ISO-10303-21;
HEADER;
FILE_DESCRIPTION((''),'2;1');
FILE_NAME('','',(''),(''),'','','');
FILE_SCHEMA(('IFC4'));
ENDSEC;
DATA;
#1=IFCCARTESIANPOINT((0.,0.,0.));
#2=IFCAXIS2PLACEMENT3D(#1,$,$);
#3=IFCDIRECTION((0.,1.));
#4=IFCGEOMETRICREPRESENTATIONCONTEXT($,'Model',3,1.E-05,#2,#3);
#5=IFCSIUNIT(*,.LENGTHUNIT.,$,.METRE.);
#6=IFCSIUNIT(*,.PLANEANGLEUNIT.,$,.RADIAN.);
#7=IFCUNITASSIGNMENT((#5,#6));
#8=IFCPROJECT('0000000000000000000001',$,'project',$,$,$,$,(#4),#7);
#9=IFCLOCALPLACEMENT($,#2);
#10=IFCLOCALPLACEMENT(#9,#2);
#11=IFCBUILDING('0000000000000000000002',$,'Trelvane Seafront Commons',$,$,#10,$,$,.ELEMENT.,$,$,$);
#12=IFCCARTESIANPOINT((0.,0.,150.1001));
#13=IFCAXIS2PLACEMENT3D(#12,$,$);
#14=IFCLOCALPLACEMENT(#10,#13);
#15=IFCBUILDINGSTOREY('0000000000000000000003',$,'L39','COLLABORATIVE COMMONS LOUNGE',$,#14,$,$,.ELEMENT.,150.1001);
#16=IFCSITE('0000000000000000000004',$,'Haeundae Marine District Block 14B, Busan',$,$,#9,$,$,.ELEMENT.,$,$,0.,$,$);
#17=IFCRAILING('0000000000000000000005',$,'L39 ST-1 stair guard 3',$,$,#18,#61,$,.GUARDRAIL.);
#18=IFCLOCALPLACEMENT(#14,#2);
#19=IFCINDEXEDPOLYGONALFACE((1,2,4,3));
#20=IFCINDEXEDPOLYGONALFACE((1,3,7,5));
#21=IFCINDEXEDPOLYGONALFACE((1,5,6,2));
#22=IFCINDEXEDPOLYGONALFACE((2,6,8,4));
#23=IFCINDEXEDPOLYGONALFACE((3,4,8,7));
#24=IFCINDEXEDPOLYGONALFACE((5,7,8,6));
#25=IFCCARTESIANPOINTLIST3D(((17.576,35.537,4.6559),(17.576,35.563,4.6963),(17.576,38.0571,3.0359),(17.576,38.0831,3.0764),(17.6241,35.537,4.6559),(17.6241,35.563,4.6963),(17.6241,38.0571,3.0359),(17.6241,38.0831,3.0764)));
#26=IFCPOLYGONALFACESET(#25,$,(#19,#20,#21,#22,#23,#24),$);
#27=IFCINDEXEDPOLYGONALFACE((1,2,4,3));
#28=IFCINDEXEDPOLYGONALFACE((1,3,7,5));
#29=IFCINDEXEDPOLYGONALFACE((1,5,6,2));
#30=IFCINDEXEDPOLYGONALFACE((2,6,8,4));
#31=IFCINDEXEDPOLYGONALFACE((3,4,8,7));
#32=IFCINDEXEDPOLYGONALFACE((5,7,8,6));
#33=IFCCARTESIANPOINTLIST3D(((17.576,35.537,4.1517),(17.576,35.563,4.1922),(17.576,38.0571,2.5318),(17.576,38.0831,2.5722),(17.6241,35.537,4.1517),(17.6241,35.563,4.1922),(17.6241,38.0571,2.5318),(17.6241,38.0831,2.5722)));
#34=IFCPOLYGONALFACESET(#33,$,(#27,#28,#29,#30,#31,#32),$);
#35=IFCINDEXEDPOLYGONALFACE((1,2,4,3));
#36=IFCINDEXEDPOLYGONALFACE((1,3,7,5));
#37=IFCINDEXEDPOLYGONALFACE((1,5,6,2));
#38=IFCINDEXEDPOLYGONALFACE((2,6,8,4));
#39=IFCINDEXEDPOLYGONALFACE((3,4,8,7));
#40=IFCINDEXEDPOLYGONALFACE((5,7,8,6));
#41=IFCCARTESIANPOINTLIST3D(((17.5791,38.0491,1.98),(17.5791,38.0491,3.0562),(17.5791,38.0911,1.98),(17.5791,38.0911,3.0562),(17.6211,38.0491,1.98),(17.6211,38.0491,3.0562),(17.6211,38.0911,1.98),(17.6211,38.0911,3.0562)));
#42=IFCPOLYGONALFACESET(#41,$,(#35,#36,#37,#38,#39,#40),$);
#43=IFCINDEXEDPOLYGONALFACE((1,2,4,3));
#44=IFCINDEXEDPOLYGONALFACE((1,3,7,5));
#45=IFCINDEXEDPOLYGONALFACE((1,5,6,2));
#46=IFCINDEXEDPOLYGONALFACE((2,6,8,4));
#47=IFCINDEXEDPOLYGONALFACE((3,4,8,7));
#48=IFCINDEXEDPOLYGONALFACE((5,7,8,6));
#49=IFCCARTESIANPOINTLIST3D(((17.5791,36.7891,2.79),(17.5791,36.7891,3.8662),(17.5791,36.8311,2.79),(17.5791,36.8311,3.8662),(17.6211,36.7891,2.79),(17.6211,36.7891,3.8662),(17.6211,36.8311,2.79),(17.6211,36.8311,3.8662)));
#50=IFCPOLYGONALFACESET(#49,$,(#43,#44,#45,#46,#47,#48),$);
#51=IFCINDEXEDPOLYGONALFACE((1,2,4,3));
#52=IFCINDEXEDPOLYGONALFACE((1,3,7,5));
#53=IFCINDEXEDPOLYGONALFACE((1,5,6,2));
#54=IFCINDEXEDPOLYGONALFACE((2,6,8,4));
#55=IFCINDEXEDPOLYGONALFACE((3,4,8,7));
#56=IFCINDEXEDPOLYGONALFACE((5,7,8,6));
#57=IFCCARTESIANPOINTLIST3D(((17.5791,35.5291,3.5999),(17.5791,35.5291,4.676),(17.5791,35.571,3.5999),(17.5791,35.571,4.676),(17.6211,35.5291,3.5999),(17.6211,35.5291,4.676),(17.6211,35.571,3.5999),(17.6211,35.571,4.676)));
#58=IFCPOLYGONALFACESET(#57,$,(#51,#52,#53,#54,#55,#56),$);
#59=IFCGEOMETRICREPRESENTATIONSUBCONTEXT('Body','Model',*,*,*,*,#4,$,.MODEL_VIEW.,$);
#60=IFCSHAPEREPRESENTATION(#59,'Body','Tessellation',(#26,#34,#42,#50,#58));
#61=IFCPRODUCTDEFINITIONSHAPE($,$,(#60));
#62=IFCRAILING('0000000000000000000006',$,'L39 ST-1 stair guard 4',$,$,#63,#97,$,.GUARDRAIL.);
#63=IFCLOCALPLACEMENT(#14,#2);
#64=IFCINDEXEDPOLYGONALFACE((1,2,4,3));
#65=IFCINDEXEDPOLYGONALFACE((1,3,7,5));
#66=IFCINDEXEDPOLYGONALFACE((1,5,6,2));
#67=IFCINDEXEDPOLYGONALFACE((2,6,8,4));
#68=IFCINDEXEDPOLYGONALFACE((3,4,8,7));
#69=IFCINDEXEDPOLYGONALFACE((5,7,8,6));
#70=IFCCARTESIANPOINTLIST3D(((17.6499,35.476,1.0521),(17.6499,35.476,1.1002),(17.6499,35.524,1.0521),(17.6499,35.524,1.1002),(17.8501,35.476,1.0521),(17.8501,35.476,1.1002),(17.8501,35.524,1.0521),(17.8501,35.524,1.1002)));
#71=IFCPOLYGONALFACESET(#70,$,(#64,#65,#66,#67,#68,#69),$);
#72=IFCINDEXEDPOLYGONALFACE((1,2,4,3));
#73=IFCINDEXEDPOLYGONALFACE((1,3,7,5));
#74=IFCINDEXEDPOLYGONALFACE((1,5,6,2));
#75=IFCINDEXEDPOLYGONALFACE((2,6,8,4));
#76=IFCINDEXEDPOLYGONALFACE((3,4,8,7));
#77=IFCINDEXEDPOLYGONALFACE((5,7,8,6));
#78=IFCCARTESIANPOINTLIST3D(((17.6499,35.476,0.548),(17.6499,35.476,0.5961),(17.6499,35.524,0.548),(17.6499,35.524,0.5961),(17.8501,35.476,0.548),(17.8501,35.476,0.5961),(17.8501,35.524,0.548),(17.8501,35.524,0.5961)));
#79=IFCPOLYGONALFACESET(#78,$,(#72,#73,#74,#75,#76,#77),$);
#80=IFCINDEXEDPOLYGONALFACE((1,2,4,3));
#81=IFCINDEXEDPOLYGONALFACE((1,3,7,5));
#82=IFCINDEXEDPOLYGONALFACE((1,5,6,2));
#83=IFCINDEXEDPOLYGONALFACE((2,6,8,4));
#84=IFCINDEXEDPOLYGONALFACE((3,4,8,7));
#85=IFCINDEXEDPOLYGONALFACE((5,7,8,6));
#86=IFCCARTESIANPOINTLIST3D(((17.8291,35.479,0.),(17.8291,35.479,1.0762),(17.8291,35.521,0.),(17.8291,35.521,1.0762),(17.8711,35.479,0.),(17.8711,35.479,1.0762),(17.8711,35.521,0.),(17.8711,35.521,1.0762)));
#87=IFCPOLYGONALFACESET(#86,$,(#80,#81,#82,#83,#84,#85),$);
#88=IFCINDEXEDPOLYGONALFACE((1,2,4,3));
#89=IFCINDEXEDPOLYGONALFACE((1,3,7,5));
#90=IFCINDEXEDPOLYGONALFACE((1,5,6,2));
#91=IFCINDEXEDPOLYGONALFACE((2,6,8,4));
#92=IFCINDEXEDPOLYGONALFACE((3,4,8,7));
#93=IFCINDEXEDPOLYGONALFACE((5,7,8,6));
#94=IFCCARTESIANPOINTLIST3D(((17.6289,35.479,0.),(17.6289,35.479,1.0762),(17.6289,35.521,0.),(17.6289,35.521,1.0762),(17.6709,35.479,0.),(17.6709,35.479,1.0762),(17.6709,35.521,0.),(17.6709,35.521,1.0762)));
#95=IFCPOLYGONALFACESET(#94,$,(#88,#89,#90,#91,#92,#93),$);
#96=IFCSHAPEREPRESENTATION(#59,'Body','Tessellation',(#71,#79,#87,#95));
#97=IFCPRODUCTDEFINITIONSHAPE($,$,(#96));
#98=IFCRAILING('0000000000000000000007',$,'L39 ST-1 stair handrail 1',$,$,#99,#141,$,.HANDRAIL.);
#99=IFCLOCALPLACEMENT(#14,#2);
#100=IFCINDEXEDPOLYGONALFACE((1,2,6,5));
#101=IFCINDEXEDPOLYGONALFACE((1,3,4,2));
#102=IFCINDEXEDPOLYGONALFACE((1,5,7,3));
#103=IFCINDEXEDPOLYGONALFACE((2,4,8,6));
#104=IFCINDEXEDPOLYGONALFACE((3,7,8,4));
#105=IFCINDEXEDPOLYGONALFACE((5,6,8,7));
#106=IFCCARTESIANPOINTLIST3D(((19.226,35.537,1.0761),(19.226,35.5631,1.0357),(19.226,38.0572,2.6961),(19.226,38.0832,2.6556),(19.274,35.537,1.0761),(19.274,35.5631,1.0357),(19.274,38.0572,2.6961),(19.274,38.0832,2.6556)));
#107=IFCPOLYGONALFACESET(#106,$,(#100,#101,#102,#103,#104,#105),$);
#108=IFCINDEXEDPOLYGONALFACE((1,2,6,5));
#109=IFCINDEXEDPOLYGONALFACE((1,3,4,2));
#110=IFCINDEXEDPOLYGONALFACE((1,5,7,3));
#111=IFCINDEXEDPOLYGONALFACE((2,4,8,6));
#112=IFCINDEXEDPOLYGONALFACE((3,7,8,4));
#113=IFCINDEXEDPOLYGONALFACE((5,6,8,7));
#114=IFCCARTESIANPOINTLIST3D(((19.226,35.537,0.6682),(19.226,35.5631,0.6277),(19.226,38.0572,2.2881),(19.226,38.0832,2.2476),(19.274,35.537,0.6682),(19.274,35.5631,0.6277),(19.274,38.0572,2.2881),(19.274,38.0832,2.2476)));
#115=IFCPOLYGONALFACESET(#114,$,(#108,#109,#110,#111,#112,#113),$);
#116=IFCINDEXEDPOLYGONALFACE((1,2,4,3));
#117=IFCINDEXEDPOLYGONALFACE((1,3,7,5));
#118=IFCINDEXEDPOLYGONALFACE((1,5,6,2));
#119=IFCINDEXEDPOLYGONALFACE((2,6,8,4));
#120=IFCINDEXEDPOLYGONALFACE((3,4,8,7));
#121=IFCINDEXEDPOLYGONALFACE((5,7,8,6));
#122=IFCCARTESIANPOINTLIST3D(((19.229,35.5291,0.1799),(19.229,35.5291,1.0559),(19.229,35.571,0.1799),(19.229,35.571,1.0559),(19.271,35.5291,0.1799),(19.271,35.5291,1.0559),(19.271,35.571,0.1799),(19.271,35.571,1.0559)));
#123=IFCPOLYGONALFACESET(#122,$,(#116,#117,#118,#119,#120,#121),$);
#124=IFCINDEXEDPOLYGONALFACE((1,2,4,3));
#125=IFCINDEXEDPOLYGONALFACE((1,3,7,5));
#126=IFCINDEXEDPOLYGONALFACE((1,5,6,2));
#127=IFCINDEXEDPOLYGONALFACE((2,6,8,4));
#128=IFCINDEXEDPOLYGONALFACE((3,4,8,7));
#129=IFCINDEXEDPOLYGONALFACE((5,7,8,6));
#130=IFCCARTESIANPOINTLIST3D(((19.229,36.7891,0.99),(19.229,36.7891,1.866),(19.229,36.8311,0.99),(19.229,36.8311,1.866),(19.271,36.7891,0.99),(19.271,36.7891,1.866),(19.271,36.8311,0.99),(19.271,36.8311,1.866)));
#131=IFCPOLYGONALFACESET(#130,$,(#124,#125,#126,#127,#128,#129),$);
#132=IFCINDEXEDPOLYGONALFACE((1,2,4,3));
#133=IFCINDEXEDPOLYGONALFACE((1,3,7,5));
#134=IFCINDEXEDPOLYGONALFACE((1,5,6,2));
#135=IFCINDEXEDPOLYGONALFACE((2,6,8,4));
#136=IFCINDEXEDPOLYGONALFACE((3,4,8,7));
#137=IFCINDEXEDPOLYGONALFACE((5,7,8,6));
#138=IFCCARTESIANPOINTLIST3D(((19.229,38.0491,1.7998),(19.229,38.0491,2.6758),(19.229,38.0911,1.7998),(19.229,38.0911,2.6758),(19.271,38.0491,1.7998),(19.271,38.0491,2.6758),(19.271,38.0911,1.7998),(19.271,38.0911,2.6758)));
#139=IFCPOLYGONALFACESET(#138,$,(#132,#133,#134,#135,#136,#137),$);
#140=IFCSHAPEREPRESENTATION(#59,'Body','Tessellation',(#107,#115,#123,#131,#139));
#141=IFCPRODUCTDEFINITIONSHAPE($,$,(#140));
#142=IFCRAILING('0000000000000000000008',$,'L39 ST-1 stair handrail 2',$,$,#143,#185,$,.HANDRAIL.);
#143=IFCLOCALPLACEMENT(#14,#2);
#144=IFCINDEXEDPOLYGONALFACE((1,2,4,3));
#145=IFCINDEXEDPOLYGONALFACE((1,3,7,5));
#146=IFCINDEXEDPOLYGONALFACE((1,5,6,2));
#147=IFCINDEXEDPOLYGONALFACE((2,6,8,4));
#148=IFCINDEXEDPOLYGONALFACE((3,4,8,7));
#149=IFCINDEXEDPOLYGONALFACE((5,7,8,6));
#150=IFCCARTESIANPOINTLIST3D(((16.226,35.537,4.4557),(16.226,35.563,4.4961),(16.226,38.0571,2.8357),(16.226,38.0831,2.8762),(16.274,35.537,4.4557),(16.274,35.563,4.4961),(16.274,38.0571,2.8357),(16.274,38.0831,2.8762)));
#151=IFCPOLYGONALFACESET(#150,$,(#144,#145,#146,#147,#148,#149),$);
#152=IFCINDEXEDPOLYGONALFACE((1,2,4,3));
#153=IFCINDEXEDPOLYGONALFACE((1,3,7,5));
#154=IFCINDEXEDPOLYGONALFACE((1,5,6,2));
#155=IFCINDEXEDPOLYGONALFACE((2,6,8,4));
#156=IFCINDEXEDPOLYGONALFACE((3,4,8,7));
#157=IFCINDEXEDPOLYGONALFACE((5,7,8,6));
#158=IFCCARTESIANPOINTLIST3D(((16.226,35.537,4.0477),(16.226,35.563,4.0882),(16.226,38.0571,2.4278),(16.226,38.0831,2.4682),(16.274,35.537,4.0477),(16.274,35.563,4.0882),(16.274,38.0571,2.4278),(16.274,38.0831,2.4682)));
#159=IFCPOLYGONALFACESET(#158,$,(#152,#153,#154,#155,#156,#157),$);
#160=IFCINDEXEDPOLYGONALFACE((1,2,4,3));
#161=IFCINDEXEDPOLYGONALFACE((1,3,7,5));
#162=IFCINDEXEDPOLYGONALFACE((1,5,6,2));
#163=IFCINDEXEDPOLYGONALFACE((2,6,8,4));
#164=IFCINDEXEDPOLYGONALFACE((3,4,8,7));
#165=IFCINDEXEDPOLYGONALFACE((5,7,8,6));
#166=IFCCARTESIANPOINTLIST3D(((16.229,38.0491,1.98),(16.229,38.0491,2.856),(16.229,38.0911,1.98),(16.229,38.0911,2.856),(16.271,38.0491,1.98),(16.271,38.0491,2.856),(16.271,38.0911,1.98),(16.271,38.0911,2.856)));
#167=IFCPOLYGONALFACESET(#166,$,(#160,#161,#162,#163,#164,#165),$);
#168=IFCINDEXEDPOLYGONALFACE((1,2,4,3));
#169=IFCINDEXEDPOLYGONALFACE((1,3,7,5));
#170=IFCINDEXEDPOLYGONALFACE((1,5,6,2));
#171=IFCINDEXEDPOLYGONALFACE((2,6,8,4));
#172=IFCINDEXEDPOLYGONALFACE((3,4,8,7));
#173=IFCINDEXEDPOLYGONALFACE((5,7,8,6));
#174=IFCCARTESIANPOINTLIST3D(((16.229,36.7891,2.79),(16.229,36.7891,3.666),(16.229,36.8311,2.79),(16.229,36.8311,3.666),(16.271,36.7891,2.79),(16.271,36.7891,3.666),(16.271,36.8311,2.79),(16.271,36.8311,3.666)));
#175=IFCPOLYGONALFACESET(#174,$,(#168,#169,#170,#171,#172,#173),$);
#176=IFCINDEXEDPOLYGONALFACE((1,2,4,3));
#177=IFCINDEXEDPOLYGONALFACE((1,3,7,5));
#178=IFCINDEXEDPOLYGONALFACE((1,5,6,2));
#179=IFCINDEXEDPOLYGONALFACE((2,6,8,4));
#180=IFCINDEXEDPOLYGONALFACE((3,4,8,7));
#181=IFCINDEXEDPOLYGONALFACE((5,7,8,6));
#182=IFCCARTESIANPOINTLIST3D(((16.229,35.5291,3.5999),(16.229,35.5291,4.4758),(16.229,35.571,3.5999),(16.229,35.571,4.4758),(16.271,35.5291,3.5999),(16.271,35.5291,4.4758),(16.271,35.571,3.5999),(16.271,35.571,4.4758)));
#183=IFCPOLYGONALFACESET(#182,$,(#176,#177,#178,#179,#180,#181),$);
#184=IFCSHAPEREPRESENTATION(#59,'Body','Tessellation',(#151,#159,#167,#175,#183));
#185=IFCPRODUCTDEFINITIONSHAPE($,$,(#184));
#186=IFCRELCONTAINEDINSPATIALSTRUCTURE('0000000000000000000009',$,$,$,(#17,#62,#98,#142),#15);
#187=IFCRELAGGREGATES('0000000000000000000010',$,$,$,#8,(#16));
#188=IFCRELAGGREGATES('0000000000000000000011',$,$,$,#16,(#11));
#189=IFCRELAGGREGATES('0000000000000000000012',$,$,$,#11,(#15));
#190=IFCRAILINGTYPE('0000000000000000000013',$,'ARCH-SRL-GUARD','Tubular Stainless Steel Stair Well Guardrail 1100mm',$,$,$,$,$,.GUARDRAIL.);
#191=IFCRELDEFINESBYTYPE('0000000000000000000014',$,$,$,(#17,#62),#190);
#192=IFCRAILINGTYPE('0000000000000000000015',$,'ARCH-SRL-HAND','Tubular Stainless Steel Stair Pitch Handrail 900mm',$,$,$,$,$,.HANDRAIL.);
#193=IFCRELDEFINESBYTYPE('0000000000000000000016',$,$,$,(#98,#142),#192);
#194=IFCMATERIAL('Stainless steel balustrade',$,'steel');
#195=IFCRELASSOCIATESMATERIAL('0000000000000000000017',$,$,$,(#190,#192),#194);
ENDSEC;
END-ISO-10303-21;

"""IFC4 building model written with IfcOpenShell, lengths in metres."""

from ifc_helpers import new_model, si_unit, direction, frame, origin, origin_2d, place, context, subcontext, project, spatial, rectangle, extrude, material, type_object, element, save


model = new_model("IFC4")

# Units and contexts
model_context = context("Model", 3, precision=1e-05, world=origin(), true_north=direction((0.0, 1.0)))
body_context = subcontext(model_context, "Body", "Model", "MODEL_VIEW")
ifc_project = project(units=[si_unit("LENGTHUNIT", "METRE"), si_unit("PLANEANGLEUNIT", "RADIAN")], contexts=[model_context])

# Site, building, storey
site_placement = place(None, origin())
site = spatial("IfcSite", under=ifc_project, at=site_placement, Name="Haeundae Marine District Block 14B, Busan", CompositionType="ELEMENT", RefElevation=0.0)
building_placement = place(site_placement, origin())
building = spatial("IfcBuilding", under=site, at=building_placement, Name="Trelvane Seafront Commons", CompositionType="ELEMENT")
storey_placement = place(building_placement, frame((0.0, 0.0, 150.1001)))
storey = spatial("IfcBuildingStorey", under=building, at=storey_placement, Name="L39", Description="COLLABORATIVE COMMONS LOUNGE", CompositionType="ELEMENT", Elevation=150.1001)

# Shared definitions
ifc_material_1 = material(Name="Stainless steel balustrade", Category="steel")

# Railings
railing_type_1 = type_object("IfcRailingType", Name="ARCH-SRL-GUARD", Description="Tubular Stainless Steel Stair Well Guardrail 1100mm", PredefinedType="GUARDRAIL", material=ifc_material_1)
railing_1_placement = place(storey_placement, frame((17.6001, 38.0701, 1.98)))
element("IfcRailing", 1, at=railing_1_placement, inside=storey, type_object=railing_type_1, Name="L39 ST-1 stair guard 3", PredefinedType="GUARDRAIL", context=body_context, shape_type="SweptSolid", body=[
    extrude(rectangle(XDim=0.0481, YDim=0.0481, at=origin_2d()), frame((0.0, 0.0, 1.0762), z_axis=(0.0, -0.8412, 0.540725), x_axis=(1.0, 0.0, 0.0)), (0.0, 0.0, 1.0), 2.9958),
    extrude(rectangle(XDim=0.0481, YDim=0.0481, at=origin_2d()), frame((0.0, 0.0, 0.572), z_axis=(0.0, -0.8412, 0.540725), x_axis=(1.0, 0.0, 0.0)), (0.0, 0.0, 1.0), 2.9958),
    extrude(rectangle(XDim=0.042, YDim=0.042, at=origin_2d()), origin(), (0.0, 0.0, 1.0), 1.0762),
    extrude(rectangle(XDim=0.042, YDim=0.042, at=origin_2d()), frame((0.0, -1.26, 0.8101)), (0.0, 0.0, 1.0), 1.0762),
    extrude(rectangle(XDim=0.042, YDim=0.042, at=origin_2d()), frame((0.0, -2.52, 1.6199)), (0.0, 0.0, 1.0), 1.0762),
])
railing_2_placement = place(storey_placement, frame((17.8501, 35.5, 0.0)))
element("IfcRailing", 2, at=railing_2_placement, inside=storey, type_object=railing_type_1, Name="L39 ST-1 stair guard 4", PredefinedType="GUARDRAIL", context=body_context, shape_type="SweptSolid", body=[
    extrude(rectangle(XDim=0.0481, YDim=0.0481, at=origin_2d()), frame((0.0, 0.0, 1.0762), z_axis=(-1.0, 0.0, 0.0), x_axis=(0.0, -1.0, 0.0)), (0.0, 0.0, 1.0), 0.2002),
    extrude(rectangle(XDim=0.0481, YDim=0.0481, at=origin_2d()), frame((0.0, 0.0, 0.572), z_axis=(-1.0, 0.0, 0.0), x_axis=(0.0, -1.0, 0.0)), (0.0, 0.0, 1.0), 0.2002),
    extrude(rectangle(XDim=0.042, YDim=0.042, at=origin_2d()), origin(), (0.0, 0.0, 1.0), 1.0762),
    extrude(rectangle(XDim=0.042, YDim=0.042, at=origin_2d()), frame((-0.2002, 0.0, 0.0)), (0.0, 0.0, 1.0), 1.0762),
])
railing_type_2 = type_object("IfcRailingType", Name="ARCH-SRL-HAND", Description="Tubular Stainless Steel Stair Pitch Handrail 900mm", PredefinedType="HANDRAIL", material=ifc_material_1)
railing_3_placement = place(storey_placement, frame((19.25, 35.55, 0.1799)))
element("IfcRailing", 3, at=railing_3_placement, inside=storey, type_object=railing_type_2, Name="L39 ST-1 stair handrail 1", PredefinedType="HANDRAIL", context=body_context, shape_type="SweptSolid", body=[
    extrude(rectangle(XDim=0.0481, YDim=0.0481, at=origin_2d()), frame((0.0, 0.0, 0.876), z_axis=(0.0, 0.8412, 0.540725), x_axis=(-1.0, 0.0, 0.0)), (0.0, 0.0, 1.0), 2.9958),
    extrude(rectangle(XDim=0.0481, YDim=0.0481, at=origin_2d()), frame((0.0, 0.0, 0.468), z_axis=(0.0, 0.8412, 0.540725), x_axis=(-1.0, 0.0, 0.0)), (0.0, 0.0, 1.0), 2.9958),
    extrude(rectangle(XDim=0.042, YDim=0.042, at=origin_2d()), origin(), (0.0, 0.0, 1.0), 0.876),
    extrude(rectangle(XDim=0.042, YDim=0.042, at=origin_2d()), frame((0.0, 1.26, 0.8101)), (0.0, 0.0, 1.0), 0.876),
    extrude(rectangle(XDim=0.042, YDim=0.042, at=origin_2d()), frame((0.0, 2.52, 1.6199)), (0.0, 0.0, 1.0), 0.876),
])
railing_4_placement = place(storey_placement, frame((16.25, 38.0701, 1.98)))
element("IfcRailing", 4, at=railing_4_placement, inside=storey, type_object=railing_type_2, Name="L39 ST-1 stair handrail 2", PredefinedType="HANDRAIL", context=body_context, shape_type="SweptSolid", body=[
    extrude(rectangle(XDim=0.0481, YDim=0.0481, at=origin_2d()), frame((0.0, 0.0, 0.876), z_axis=(0.0, -0.8412, 0.540725), x_axis=(1.0, 0.0, 0.0)), (0.0, 0.0, 1.0), 2.9958),
    extrude(rectangle(XDim=0.0481, YDim=0.0481, at=origin_2d()), frame((0.0, 0.0, 0.468), z_axis=(0.0, -0.8412, 0.540725), x_axis=(1.0, 0.0, 0.0)), (0.0, 0.0, 1.0), 2.9958),
    extrude(rectangle(XDim=0.042, YDim=0.042, at=origin_2d()), origin(), (0.0, 0.0, 1.0), 0.876),
    extrude(rectangle(XDim=0.042, YDim=0.042, at=origin_2d()), frame((0.0, -1.26, 0.8101)), (0.0, 0.0, 1.0), 0.876),
    extrude(rectangle(XDim=0.042, YDim=0.042, at=origin_2d()), frame((0.0, -2.52, 1.6199)), (0.0, 0.0, 1.0), 0.876),
])

save(model, "model.ifc")
